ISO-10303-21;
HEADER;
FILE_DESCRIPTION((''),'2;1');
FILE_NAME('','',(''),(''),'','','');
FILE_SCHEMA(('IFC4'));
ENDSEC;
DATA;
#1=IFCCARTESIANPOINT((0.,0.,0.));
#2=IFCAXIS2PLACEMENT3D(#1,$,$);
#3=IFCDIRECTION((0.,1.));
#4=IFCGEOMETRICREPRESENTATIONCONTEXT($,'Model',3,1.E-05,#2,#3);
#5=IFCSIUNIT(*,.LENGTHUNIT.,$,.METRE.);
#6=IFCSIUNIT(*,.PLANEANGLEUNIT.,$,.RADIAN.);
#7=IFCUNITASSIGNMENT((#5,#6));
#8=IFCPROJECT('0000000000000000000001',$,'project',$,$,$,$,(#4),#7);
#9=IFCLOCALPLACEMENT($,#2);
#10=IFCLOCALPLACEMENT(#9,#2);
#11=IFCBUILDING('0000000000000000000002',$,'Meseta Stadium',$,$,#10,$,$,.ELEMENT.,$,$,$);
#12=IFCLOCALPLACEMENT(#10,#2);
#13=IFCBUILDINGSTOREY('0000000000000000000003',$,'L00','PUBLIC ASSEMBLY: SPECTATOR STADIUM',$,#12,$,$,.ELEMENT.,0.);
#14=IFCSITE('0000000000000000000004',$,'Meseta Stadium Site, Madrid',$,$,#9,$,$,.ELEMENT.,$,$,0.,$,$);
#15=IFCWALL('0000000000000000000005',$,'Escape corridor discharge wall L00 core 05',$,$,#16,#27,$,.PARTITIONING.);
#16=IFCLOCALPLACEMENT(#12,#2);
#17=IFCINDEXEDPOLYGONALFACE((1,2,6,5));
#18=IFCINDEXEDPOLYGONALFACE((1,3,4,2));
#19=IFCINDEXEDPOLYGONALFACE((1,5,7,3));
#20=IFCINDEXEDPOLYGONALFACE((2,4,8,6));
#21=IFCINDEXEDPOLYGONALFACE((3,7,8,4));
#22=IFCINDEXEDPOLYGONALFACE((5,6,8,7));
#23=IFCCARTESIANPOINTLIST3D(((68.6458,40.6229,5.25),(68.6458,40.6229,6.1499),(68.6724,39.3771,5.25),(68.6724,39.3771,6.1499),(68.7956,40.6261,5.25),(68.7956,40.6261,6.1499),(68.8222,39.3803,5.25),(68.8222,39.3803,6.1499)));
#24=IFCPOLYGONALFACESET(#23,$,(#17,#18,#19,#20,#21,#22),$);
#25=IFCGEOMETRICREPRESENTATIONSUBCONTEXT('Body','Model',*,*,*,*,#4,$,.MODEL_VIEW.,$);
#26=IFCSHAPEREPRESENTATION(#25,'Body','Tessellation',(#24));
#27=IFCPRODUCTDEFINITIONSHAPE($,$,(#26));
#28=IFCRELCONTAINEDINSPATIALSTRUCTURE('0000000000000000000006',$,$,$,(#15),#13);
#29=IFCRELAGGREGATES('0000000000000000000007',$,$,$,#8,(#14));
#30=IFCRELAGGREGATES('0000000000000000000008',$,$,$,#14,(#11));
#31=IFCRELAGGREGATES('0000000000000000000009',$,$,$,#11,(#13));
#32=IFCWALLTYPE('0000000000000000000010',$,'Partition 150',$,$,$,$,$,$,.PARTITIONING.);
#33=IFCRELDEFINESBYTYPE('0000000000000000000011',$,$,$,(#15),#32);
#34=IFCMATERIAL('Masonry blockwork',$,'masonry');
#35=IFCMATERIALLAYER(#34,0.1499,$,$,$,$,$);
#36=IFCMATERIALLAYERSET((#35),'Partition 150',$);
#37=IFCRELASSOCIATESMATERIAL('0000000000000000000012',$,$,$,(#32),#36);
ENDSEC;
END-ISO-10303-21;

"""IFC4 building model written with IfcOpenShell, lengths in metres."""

from ifc_helpers import new_model, si_unit, direction, frame, frame_2d, origin, place, context, subcontext, project, spatial, rectangle, extrude, material, layer, layer_set, type_object, element, save


model = new_model("IFC4")

# Units and contexts
model_context = context("Model", 3, precision=1e-05, world=origin(), true_north=direction((0.0, 1.0)))
body_context = subcontext(model_context, "Body", "Model", "MODEL_VIEW")
ifc_project = project(units=[si_unit("LENGTHUNIT", "METRE"), si_unit("PLANEANGLEUNIT", "RADIAN")], contexts=[model_context])

# Site, building, storey
site_placement = place(None, origin())
site = spatial("IfcSite", under=ifc_project, at=site_placement, Name="Meseta Stadium Site, Madrid", CompositionType="ELEMENT", RefElevation=0.0)
building_placement = place(site_placement, origin())
building = spatial("IfcBuilding", under=site, at=building_placement, Name="Meseta Stadium", CompositionType="ELEMENT")
storey_placement = place(building_placement, origin())
storey = spatial("IfcBuildingStorey", under=building, at=storey_placement, Name="L00", Description="PUBLIC ASSEMBLY: SPECTATOR STADIUM", CompositionType="ELEMENT", Elevation=0.0)

# Shared definitions
ifc_material_1 = material(Name="Masonry blockwork", Category="masonry")
ifc_layer = layer(ifc_material_1, 0.1499)
ifc_layer_set = layer_set([ifc_layer], Name="Partition 150")
wall_type = type_object("IfcWallType", Name="Partition 150", PredefinedType="PARTITIONING", material=ifc_layer_set)

# Wall
wall_1_placement = place(storey_placement, frame((68.7473, 39.3787, 5.25), z_axis=(0.0, 0.0, 1.0), x_axis=(-0.021355, 0.999772, 0.0)))
element("IfcWall", 1, at=wall_1_placement, inside=storey, type_object=wall_type, Name="Escape corridor discharge wall L00 core 05", PredefinedType="PARTITIONING", context=body_context, shape_type="SweptSolid", body=[
    extrude(rectangle(XDim=1.2461, YDim=0.1499, at=frame_2d((0.623, 0.0))), origin(), (0.0, 0.0, 1.0), 0.8999),
])

save(model, "model.ifc")
